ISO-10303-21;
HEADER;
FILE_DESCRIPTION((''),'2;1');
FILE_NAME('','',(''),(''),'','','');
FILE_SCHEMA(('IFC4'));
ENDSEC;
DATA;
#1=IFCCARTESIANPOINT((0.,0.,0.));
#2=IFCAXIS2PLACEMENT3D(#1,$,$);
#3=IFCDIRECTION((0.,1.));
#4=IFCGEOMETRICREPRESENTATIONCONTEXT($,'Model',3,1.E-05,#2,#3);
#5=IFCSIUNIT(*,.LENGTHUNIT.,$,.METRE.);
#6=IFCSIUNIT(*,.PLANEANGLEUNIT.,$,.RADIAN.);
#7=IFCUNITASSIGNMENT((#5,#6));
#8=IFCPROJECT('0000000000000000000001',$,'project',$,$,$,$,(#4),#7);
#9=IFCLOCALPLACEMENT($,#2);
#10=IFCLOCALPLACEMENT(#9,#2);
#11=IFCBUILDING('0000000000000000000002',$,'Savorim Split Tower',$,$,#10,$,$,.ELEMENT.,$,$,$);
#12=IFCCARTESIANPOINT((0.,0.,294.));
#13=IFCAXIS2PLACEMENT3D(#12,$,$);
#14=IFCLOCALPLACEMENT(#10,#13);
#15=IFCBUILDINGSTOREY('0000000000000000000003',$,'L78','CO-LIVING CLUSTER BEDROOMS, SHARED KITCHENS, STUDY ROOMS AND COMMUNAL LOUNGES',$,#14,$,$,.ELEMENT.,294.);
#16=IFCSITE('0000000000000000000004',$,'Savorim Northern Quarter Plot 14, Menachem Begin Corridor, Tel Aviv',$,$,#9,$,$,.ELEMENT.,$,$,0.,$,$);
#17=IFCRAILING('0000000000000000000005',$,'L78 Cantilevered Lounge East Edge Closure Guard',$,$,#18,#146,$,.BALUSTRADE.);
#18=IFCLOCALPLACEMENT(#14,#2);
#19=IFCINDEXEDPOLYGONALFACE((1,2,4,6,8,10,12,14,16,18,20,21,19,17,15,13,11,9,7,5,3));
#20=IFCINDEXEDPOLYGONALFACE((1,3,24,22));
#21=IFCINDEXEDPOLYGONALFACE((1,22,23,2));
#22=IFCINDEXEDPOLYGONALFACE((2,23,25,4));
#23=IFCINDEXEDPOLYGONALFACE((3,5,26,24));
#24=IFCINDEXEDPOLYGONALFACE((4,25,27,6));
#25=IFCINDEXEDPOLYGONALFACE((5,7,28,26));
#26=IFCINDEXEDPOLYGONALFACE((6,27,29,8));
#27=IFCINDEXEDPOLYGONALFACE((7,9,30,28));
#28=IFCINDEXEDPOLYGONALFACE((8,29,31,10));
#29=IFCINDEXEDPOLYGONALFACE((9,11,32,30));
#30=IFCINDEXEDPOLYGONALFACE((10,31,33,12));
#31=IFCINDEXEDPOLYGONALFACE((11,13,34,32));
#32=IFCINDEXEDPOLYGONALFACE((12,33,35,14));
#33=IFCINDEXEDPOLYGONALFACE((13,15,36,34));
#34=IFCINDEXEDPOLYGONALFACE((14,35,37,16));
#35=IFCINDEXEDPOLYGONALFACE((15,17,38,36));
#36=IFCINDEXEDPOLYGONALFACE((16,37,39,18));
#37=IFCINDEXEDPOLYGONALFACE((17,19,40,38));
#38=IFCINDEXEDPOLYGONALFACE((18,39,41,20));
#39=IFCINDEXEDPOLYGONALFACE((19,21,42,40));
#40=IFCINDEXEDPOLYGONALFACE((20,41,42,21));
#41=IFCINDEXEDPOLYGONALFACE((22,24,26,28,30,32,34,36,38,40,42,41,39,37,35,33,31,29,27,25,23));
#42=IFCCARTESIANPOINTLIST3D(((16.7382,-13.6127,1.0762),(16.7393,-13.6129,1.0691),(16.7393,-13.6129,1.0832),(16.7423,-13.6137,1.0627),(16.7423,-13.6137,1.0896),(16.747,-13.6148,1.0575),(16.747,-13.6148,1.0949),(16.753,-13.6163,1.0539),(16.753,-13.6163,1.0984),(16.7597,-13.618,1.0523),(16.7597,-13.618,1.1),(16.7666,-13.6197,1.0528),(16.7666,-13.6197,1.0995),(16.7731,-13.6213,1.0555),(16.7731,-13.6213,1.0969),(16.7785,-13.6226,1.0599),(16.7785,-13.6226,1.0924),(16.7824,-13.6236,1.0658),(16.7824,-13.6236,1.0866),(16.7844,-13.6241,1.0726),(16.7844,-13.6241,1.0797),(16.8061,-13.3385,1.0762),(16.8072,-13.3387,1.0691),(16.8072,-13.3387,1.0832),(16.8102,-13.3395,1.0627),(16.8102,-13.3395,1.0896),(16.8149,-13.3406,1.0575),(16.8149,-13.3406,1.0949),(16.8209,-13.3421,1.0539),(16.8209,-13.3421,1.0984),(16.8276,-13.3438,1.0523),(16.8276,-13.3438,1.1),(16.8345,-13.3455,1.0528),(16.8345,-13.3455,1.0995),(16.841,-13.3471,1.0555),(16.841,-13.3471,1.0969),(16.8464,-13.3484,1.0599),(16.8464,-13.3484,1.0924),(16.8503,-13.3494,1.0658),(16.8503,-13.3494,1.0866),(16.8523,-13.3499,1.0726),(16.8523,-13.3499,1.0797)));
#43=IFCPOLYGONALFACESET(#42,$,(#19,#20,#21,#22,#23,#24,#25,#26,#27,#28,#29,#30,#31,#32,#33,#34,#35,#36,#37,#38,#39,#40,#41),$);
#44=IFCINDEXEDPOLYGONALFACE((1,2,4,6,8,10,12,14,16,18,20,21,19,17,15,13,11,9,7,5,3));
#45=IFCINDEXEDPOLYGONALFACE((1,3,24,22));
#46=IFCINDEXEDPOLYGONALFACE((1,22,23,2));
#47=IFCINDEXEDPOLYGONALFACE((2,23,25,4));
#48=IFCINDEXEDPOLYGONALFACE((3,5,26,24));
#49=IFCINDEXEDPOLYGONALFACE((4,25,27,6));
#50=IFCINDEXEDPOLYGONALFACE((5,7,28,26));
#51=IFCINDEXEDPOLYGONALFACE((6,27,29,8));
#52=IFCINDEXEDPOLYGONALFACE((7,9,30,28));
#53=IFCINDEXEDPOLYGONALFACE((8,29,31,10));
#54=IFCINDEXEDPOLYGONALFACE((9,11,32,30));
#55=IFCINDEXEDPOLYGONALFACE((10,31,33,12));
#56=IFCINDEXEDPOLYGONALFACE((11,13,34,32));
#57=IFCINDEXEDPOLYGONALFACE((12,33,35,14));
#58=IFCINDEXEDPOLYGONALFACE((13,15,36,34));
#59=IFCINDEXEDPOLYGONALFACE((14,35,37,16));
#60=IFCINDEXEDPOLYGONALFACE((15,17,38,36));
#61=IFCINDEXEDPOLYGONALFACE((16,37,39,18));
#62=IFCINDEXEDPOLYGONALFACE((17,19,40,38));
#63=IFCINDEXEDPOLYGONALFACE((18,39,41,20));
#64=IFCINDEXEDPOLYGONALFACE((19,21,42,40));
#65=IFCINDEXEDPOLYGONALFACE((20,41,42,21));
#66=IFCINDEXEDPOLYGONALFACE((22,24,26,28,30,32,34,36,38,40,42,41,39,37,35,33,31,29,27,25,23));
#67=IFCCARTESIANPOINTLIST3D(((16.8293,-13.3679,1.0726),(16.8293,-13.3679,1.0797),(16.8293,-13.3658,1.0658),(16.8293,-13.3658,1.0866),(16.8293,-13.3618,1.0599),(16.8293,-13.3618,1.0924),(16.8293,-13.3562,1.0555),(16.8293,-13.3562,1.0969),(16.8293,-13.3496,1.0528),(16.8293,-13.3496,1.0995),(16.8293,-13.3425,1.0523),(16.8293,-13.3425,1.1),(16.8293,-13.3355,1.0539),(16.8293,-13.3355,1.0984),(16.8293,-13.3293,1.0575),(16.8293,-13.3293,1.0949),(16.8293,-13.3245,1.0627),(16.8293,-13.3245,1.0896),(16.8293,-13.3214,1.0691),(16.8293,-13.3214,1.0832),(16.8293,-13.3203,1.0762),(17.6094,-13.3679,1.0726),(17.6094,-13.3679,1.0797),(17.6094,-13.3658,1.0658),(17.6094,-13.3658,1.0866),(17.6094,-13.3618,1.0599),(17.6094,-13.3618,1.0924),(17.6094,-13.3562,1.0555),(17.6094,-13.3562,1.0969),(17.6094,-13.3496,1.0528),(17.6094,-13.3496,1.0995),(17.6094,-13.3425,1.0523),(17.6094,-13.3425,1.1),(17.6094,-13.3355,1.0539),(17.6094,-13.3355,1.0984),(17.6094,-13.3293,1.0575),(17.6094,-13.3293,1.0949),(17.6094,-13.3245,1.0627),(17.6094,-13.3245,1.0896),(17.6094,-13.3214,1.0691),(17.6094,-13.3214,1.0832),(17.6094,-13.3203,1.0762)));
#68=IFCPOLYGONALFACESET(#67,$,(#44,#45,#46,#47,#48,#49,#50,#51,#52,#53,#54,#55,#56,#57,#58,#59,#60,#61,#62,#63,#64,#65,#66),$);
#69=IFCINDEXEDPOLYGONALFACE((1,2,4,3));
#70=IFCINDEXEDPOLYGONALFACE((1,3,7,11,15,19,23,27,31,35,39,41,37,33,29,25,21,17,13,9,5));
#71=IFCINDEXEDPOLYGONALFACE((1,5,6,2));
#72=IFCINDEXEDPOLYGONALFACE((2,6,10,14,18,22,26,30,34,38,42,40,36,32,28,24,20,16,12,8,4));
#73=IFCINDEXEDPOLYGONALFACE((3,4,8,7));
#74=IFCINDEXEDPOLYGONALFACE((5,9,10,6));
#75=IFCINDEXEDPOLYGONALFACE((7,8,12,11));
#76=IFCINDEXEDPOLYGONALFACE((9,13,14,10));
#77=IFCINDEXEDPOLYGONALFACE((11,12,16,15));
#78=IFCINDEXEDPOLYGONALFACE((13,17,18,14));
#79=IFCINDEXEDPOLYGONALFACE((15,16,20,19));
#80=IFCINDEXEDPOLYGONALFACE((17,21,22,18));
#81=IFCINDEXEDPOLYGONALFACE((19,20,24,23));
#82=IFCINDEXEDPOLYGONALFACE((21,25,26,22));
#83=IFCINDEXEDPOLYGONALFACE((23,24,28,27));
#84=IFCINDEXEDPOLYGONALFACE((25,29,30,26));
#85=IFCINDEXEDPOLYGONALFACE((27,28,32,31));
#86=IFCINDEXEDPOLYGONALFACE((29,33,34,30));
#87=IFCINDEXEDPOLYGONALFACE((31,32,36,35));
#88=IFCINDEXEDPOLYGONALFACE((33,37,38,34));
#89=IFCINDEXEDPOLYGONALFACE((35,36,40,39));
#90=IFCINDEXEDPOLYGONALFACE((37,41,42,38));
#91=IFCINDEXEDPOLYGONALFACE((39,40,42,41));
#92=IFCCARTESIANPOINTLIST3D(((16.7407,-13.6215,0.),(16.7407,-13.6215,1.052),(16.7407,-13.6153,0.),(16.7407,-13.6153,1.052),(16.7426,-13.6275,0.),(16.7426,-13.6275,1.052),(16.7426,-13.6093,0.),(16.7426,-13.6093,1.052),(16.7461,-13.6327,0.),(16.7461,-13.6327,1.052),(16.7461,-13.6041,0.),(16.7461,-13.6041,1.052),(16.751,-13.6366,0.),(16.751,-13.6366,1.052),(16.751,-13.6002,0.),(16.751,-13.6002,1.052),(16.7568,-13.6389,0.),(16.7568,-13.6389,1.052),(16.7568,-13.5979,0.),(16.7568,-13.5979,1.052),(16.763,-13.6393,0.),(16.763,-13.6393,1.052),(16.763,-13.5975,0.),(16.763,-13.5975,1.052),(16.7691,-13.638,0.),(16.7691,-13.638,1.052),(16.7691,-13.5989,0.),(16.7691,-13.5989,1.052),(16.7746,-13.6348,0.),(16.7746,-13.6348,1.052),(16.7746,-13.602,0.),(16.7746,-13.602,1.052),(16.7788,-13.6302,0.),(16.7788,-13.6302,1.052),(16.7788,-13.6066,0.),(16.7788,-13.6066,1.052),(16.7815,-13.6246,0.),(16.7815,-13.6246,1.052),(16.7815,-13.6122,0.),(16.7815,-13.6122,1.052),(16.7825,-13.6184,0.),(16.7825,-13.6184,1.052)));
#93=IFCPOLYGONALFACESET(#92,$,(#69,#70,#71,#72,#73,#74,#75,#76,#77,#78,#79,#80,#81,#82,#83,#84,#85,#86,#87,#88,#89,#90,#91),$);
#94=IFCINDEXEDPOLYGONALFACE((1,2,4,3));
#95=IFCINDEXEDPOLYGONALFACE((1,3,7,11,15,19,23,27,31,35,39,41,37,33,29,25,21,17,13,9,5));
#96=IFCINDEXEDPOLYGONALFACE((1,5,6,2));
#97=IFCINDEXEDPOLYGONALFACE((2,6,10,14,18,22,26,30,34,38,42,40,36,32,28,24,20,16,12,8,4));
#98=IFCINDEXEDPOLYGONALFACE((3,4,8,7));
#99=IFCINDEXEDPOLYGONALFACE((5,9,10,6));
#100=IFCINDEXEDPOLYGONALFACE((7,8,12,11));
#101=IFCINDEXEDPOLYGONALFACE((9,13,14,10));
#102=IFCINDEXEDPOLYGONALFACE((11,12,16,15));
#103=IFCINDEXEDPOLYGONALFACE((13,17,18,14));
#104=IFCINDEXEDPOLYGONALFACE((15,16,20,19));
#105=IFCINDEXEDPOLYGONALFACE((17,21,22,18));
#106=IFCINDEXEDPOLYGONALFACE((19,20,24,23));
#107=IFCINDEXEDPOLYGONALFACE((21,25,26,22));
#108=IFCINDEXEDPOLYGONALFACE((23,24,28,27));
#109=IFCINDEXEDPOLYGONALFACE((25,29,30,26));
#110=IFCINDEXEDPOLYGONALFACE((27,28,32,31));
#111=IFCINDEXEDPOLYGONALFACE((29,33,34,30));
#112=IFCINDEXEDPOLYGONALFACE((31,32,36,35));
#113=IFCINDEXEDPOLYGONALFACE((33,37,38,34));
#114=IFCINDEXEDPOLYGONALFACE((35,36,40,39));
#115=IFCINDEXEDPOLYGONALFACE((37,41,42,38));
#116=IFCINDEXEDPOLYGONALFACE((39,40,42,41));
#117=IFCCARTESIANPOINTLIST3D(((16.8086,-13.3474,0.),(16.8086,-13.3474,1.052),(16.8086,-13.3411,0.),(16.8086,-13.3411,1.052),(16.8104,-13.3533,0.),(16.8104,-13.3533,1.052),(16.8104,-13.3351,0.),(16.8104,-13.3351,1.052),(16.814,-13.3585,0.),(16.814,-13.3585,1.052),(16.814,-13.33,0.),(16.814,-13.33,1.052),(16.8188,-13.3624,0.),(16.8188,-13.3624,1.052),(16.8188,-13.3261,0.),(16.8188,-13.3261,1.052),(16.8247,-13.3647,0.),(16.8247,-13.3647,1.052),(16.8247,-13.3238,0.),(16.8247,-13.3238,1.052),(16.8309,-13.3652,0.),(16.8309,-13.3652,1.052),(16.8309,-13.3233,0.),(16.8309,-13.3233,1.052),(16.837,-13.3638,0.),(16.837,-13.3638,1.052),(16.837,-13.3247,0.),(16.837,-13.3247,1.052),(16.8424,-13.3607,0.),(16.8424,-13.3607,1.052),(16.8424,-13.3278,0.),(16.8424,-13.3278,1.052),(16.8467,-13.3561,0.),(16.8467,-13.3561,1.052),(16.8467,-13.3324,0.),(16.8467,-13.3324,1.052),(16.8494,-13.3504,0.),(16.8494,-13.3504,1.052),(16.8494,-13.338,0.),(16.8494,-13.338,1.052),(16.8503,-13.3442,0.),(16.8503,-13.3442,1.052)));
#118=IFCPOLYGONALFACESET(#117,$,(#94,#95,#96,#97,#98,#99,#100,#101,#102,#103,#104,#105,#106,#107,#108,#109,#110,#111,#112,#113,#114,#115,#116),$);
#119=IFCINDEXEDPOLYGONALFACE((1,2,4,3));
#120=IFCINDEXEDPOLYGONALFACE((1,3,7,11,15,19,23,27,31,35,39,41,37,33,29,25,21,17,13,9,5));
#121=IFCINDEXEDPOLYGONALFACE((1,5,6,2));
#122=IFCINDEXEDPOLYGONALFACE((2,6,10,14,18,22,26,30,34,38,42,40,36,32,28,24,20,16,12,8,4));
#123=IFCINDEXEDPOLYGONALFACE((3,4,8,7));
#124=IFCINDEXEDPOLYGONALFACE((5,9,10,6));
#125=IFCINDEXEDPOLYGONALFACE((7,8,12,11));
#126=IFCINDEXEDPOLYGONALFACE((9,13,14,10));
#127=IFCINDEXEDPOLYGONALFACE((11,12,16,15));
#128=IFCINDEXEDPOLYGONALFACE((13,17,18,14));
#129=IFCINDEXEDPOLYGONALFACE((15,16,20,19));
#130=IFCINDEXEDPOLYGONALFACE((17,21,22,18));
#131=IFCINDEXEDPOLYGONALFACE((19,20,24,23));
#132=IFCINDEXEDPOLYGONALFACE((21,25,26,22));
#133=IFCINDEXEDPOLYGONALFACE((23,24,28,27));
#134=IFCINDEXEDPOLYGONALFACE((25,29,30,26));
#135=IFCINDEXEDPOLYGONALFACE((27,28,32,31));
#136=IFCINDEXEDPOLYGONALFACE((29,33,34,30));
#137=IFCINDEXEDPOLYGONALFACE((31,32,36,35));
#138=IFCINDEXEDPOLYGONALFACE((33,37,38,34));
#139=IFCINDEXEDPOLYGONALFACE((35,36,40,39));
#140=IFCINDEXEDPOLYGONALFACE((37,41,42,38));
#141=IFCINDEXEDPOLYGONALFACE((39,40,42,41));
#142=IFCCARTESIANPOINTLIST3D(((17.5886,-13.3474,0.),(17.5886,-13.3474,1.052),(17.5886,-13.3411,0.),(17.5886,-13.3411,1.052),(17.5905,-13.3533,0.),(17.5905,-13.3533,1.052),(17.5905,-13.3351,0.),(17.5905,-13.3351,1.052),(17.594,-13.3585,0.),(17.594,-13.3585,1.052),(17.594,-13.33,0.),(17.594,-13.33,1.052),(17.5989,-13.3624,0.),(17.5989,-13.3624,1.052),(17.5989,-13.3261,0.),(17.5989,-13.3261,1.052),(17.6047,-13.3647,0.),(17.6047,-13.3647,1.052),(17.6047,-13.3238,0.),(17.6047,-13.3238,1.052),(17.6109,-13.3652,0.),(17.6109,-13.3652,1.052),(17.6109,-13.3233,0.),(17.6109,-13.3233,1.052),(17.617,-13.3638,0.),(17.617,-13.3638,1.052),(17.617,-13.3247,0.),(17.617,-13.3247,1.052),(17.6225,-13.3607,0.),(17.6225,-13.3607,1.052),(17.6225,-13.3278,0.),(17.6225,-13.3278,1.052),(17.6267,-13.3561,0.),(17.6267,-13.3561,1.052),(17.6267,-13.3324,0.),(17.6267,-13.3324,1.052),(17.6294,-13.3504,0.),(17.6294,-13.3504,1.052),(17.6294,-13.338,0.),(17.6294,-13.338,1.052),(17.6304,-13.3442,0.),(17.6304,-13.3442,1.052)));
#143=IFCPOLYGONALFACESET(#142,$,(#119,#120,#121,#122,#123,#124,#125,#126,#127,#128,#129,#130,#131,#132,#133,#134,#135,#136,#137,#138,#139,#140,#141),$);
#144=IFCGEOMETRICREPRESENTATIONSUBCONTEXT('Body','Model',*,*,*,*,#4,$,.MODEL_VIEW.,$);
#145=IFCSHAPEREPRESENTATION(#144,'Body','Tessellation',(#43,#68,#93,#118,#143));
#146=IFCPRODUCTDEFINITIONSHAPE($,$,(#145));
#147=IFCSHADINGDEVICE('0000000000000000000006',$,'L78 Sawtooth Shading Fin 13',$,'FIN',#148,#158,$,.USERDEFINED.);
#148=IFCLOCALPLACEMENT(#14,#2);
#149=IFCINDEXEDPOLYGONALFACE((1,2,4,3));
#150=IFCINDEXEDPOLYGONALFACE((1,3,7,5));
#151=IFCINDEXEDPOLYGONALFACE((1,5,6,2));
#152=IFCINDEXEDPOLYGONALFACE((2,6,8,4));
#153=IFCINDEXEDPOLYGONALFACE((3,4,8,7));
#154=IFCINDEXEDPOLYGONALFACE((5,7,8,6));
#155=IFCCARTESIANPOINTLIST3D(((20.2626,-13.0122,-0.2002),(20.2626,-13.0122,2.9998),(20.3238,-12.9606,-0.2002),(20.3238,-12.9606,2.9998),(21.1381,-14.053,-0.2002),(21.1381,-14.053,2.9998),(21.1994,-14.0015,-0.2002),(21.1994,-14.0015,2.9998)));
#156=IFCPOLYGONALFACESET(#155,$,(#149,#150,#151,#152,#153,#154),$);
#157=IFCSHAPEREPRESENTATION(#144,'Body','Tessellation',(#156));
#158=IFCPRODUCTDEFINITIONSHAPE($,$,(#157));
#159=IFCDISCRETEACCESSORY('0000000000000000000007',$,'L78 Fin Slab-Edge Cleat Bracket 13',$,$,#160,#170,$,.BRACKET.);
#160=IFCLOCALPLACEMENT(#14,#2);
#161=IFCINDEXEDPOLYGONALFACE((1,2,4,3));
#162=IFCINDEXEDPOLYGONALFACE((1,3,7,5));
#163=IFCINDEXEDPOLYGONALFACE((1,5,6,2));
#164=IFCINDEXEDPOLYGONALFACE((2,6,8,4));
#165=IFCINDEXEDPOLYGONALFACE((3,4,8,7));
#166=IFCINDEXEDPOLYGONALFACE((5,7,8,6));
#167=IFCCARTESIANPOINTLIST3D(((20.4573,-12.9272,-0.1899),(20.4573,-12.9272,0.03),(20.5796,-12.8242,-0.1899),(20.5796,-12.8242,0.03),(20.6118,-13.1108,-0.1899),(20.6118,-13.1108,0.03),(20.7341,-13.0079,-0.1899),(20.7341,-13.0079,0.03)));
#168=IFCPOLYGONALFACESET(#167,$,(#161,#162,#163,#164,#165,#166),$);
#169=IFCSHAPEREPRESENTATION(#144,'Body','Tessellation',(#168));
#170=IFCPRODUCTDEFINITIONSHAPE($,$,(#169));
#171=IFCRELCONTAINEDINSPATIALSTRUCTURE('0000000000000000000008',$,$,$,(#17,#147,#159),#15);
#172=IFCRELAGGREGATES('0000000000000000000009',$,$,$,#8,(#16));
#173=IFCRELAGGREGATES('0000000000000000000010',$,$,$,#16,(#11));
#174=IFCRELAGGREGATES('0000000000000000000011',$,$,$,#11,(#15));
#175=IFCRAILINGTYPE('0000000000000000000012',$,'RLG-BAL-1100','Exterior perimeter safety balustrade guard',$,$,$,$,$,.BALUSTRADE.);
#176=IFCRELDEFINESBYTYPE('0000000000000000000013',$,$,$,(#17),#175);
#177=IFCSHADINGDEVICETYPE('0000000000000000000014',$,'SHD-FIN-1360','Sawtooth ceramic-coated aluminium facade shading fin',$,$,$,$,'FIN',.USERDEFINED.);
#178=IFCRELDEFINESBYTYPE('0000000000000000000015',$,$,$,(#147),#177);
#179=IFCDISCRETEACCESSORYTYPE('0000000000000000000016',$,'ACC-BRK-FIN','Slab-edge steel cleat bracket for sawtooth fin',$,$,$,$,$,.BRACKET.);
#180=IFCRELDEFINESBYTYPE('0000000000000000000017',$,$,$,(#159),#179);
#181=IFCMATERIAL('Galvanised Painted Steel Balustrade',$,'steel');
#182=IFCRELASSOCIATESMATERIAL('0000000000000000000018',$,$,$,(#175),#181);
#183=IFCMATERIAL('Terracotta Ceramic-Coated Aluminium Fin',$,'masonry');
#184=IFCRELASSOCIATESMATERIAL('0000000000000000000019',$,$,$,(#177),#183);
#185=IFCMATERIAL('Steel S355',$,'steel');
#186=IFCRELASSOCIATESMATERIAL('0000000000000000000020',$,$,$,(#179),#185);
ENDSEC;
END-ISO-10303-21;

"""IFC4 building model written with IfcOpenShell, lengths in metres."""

from ifc_helpers import new_model, si_unit, direction, frame, origin, origin_2d, place, context, subcontext, project, spatial, rectangle, circle, extrude, material, type_object, element, save


model = new_model("IFC4")

# Units and contexts
model_context = context("Model", 3, precision=1e-05, world=origin(), true_north=direction((0.0, 1.0)))
body_context = subcontext(model_context, "Body", "Model", "MODEL_VIEW")
ifc_project = project(units=[si_unit("LENGTHUNIT", "METRE"), si_unit("PLANEANGLEUNIT", "RADIAN")], contexts=[model_context])

# Site, building, storey
site_placement = place(None, origin())
site = spatial("IfcSite", under=ifc_project, at=site_placement, Name="Savorim Northern Quarter Plot 14, Menachem Begin Corridor, Tel Aviv", CompositionType="ELEMENT", RefElevation=0.0)
building_placement = place(site_placement, origin())
building = spatial("IfcBuilding", under=site, at=building_placement, Name="Savorim Split Tower", CompositionType="ELEMENT")
storey_placement = place(building_placement, frame((0.0, 0.0, 294.0)))
storey = spatial("IfcBuildingStorey", under=building, at=storey_placement, Name="L78", Description="CO-LIVING CLUSTER BEDROOMS, SHARED KITCHENS, STUDY ROOMS AND COMMUNAL LOUNGES", CompositionType="ELEMENT", Elevation=294.0)

# Shared definitions
ifc_material_1 = material(Name="Steel S355", Category="steel")

# Railing
ifc_material_2 = material(Name="Galvanised Painted Steel Balustrade", Category="steel")
railing_type = type_object("IfcRailingType", Name="RLG-BAL-1100", Description="Exterior perimeter safety balustrade guard", PredefinedType="BALUSTRADE", material=ifc_material_2)
railing_placement = place(storey_placement, frame((16.7615, -13.6184, 0.0)))
element("IfcRailing", 1, at=railing_placement, inside=storey, type_object=railing_type, Name="L78 Cantilevered Lounge East Edge Closure Guard", PredefinedType="BALUSTRADE", context=body_context, shape_type="SweptSolid", body=[
    extrude(circle(Radius=0.0239, at=origin_2d()), frame((0.0, 0.0, 1.0762), z_axis=(0.240298, 0.970699, 0.0), x_axis=(-0.970699, 0.240298, 0.0)), (0.0, 0.0, 1.0), 0.2825),
    extrude(circle(Radius=0.0239, at=origin_2d()), frame((0.0679, 0.2742, 1.0762), z_axis=(1.0, 0.0, 0.0), x_axis=(0.0, 1.0, 0.0)), (0.0, 0.0, 1.0), 0.78),
    extrude(circle(Radius=0.021, at=origin_2d()), origin(), (0.0, 0.0, 1.0), 1.052),
    extrude(circle(Radius=0.021, at=origin_2d()), frame((0.0679, 0.2742, 0.0)), (0.0, 0.0, 1.0), 1.052),
    extrude(circle(Radius=0.021, at=origin_2d()), frame((0.8479, 0.2742, 0.0)), (0.0, 0.0, 1.0), 1.052),
])

# Shading device
ifc_material_3 = material(Name="Terracotta Ceramic-Coated Aluminium Fin", Category="masonry")
shading_device_type = type_object("IfcShadingDeviceType", Name="SHD-FIN-1360", Description="Sawtooth ceramic-coated aluminium facade shading fin", ElementType="FIN", PredefinedType="USERDEFINED", material=ifc_material_3)
shading_device_placement = place(storey_placement, frame((20.731, -13.5068, -0.2002), z_axis=(0.0, 0.0, 1.0), x_axis=(0.643719, -0.765262, 0.0)))
element("IfcShadingDevice", 2, at=shading_device_placement, inside=storey, type_object=shading_device_type, Name="L78 Sawtooth Shading Fin 13", ObjectType="FIN", PredefinedType="USERDEFINED", context=body_context, shape_type="SweptSolid", body=[
    extrude(rectangle(XDim=1.3601, YDim=0.0801, at=origin_2d()), origin(), (0.0, 0.0, 1.0), 3.2),
])

# Discrete accessory
discrete_accessory_type = type_object("IfcDiscreteAccessoryType", Name="ACC-BRK-FIN", Description="Slab-edge steel cleat bracket for sawtooth fin", PredefinedType="BRACKET", material=ifc_material_1)
discrete_accessory_placement = place(storey_placement, frame((20.5957, -12.9675, -0.1899), z_axis=(0.0, 0.0, 1.0), x_axis=(0.643719, -0.765262, 0.0)))
element("IfcDiscreteAccessory", 3, at=discrete_accessory_placement, inside=storey, type_object=discrete_accessory_type, Name="L78 Fin Slab-Edge Cleat Bracket 13", PredefinedType="BRACKET", context=body_context, shape_type="SweptSolid", body=[
    extrude(rectangle(XDim=0.24, YDim=0.1599, at=origin_2d()), origin(), (0.0, 0.0, 1.0), 0.22),
])

save(model, "model.ifc")
